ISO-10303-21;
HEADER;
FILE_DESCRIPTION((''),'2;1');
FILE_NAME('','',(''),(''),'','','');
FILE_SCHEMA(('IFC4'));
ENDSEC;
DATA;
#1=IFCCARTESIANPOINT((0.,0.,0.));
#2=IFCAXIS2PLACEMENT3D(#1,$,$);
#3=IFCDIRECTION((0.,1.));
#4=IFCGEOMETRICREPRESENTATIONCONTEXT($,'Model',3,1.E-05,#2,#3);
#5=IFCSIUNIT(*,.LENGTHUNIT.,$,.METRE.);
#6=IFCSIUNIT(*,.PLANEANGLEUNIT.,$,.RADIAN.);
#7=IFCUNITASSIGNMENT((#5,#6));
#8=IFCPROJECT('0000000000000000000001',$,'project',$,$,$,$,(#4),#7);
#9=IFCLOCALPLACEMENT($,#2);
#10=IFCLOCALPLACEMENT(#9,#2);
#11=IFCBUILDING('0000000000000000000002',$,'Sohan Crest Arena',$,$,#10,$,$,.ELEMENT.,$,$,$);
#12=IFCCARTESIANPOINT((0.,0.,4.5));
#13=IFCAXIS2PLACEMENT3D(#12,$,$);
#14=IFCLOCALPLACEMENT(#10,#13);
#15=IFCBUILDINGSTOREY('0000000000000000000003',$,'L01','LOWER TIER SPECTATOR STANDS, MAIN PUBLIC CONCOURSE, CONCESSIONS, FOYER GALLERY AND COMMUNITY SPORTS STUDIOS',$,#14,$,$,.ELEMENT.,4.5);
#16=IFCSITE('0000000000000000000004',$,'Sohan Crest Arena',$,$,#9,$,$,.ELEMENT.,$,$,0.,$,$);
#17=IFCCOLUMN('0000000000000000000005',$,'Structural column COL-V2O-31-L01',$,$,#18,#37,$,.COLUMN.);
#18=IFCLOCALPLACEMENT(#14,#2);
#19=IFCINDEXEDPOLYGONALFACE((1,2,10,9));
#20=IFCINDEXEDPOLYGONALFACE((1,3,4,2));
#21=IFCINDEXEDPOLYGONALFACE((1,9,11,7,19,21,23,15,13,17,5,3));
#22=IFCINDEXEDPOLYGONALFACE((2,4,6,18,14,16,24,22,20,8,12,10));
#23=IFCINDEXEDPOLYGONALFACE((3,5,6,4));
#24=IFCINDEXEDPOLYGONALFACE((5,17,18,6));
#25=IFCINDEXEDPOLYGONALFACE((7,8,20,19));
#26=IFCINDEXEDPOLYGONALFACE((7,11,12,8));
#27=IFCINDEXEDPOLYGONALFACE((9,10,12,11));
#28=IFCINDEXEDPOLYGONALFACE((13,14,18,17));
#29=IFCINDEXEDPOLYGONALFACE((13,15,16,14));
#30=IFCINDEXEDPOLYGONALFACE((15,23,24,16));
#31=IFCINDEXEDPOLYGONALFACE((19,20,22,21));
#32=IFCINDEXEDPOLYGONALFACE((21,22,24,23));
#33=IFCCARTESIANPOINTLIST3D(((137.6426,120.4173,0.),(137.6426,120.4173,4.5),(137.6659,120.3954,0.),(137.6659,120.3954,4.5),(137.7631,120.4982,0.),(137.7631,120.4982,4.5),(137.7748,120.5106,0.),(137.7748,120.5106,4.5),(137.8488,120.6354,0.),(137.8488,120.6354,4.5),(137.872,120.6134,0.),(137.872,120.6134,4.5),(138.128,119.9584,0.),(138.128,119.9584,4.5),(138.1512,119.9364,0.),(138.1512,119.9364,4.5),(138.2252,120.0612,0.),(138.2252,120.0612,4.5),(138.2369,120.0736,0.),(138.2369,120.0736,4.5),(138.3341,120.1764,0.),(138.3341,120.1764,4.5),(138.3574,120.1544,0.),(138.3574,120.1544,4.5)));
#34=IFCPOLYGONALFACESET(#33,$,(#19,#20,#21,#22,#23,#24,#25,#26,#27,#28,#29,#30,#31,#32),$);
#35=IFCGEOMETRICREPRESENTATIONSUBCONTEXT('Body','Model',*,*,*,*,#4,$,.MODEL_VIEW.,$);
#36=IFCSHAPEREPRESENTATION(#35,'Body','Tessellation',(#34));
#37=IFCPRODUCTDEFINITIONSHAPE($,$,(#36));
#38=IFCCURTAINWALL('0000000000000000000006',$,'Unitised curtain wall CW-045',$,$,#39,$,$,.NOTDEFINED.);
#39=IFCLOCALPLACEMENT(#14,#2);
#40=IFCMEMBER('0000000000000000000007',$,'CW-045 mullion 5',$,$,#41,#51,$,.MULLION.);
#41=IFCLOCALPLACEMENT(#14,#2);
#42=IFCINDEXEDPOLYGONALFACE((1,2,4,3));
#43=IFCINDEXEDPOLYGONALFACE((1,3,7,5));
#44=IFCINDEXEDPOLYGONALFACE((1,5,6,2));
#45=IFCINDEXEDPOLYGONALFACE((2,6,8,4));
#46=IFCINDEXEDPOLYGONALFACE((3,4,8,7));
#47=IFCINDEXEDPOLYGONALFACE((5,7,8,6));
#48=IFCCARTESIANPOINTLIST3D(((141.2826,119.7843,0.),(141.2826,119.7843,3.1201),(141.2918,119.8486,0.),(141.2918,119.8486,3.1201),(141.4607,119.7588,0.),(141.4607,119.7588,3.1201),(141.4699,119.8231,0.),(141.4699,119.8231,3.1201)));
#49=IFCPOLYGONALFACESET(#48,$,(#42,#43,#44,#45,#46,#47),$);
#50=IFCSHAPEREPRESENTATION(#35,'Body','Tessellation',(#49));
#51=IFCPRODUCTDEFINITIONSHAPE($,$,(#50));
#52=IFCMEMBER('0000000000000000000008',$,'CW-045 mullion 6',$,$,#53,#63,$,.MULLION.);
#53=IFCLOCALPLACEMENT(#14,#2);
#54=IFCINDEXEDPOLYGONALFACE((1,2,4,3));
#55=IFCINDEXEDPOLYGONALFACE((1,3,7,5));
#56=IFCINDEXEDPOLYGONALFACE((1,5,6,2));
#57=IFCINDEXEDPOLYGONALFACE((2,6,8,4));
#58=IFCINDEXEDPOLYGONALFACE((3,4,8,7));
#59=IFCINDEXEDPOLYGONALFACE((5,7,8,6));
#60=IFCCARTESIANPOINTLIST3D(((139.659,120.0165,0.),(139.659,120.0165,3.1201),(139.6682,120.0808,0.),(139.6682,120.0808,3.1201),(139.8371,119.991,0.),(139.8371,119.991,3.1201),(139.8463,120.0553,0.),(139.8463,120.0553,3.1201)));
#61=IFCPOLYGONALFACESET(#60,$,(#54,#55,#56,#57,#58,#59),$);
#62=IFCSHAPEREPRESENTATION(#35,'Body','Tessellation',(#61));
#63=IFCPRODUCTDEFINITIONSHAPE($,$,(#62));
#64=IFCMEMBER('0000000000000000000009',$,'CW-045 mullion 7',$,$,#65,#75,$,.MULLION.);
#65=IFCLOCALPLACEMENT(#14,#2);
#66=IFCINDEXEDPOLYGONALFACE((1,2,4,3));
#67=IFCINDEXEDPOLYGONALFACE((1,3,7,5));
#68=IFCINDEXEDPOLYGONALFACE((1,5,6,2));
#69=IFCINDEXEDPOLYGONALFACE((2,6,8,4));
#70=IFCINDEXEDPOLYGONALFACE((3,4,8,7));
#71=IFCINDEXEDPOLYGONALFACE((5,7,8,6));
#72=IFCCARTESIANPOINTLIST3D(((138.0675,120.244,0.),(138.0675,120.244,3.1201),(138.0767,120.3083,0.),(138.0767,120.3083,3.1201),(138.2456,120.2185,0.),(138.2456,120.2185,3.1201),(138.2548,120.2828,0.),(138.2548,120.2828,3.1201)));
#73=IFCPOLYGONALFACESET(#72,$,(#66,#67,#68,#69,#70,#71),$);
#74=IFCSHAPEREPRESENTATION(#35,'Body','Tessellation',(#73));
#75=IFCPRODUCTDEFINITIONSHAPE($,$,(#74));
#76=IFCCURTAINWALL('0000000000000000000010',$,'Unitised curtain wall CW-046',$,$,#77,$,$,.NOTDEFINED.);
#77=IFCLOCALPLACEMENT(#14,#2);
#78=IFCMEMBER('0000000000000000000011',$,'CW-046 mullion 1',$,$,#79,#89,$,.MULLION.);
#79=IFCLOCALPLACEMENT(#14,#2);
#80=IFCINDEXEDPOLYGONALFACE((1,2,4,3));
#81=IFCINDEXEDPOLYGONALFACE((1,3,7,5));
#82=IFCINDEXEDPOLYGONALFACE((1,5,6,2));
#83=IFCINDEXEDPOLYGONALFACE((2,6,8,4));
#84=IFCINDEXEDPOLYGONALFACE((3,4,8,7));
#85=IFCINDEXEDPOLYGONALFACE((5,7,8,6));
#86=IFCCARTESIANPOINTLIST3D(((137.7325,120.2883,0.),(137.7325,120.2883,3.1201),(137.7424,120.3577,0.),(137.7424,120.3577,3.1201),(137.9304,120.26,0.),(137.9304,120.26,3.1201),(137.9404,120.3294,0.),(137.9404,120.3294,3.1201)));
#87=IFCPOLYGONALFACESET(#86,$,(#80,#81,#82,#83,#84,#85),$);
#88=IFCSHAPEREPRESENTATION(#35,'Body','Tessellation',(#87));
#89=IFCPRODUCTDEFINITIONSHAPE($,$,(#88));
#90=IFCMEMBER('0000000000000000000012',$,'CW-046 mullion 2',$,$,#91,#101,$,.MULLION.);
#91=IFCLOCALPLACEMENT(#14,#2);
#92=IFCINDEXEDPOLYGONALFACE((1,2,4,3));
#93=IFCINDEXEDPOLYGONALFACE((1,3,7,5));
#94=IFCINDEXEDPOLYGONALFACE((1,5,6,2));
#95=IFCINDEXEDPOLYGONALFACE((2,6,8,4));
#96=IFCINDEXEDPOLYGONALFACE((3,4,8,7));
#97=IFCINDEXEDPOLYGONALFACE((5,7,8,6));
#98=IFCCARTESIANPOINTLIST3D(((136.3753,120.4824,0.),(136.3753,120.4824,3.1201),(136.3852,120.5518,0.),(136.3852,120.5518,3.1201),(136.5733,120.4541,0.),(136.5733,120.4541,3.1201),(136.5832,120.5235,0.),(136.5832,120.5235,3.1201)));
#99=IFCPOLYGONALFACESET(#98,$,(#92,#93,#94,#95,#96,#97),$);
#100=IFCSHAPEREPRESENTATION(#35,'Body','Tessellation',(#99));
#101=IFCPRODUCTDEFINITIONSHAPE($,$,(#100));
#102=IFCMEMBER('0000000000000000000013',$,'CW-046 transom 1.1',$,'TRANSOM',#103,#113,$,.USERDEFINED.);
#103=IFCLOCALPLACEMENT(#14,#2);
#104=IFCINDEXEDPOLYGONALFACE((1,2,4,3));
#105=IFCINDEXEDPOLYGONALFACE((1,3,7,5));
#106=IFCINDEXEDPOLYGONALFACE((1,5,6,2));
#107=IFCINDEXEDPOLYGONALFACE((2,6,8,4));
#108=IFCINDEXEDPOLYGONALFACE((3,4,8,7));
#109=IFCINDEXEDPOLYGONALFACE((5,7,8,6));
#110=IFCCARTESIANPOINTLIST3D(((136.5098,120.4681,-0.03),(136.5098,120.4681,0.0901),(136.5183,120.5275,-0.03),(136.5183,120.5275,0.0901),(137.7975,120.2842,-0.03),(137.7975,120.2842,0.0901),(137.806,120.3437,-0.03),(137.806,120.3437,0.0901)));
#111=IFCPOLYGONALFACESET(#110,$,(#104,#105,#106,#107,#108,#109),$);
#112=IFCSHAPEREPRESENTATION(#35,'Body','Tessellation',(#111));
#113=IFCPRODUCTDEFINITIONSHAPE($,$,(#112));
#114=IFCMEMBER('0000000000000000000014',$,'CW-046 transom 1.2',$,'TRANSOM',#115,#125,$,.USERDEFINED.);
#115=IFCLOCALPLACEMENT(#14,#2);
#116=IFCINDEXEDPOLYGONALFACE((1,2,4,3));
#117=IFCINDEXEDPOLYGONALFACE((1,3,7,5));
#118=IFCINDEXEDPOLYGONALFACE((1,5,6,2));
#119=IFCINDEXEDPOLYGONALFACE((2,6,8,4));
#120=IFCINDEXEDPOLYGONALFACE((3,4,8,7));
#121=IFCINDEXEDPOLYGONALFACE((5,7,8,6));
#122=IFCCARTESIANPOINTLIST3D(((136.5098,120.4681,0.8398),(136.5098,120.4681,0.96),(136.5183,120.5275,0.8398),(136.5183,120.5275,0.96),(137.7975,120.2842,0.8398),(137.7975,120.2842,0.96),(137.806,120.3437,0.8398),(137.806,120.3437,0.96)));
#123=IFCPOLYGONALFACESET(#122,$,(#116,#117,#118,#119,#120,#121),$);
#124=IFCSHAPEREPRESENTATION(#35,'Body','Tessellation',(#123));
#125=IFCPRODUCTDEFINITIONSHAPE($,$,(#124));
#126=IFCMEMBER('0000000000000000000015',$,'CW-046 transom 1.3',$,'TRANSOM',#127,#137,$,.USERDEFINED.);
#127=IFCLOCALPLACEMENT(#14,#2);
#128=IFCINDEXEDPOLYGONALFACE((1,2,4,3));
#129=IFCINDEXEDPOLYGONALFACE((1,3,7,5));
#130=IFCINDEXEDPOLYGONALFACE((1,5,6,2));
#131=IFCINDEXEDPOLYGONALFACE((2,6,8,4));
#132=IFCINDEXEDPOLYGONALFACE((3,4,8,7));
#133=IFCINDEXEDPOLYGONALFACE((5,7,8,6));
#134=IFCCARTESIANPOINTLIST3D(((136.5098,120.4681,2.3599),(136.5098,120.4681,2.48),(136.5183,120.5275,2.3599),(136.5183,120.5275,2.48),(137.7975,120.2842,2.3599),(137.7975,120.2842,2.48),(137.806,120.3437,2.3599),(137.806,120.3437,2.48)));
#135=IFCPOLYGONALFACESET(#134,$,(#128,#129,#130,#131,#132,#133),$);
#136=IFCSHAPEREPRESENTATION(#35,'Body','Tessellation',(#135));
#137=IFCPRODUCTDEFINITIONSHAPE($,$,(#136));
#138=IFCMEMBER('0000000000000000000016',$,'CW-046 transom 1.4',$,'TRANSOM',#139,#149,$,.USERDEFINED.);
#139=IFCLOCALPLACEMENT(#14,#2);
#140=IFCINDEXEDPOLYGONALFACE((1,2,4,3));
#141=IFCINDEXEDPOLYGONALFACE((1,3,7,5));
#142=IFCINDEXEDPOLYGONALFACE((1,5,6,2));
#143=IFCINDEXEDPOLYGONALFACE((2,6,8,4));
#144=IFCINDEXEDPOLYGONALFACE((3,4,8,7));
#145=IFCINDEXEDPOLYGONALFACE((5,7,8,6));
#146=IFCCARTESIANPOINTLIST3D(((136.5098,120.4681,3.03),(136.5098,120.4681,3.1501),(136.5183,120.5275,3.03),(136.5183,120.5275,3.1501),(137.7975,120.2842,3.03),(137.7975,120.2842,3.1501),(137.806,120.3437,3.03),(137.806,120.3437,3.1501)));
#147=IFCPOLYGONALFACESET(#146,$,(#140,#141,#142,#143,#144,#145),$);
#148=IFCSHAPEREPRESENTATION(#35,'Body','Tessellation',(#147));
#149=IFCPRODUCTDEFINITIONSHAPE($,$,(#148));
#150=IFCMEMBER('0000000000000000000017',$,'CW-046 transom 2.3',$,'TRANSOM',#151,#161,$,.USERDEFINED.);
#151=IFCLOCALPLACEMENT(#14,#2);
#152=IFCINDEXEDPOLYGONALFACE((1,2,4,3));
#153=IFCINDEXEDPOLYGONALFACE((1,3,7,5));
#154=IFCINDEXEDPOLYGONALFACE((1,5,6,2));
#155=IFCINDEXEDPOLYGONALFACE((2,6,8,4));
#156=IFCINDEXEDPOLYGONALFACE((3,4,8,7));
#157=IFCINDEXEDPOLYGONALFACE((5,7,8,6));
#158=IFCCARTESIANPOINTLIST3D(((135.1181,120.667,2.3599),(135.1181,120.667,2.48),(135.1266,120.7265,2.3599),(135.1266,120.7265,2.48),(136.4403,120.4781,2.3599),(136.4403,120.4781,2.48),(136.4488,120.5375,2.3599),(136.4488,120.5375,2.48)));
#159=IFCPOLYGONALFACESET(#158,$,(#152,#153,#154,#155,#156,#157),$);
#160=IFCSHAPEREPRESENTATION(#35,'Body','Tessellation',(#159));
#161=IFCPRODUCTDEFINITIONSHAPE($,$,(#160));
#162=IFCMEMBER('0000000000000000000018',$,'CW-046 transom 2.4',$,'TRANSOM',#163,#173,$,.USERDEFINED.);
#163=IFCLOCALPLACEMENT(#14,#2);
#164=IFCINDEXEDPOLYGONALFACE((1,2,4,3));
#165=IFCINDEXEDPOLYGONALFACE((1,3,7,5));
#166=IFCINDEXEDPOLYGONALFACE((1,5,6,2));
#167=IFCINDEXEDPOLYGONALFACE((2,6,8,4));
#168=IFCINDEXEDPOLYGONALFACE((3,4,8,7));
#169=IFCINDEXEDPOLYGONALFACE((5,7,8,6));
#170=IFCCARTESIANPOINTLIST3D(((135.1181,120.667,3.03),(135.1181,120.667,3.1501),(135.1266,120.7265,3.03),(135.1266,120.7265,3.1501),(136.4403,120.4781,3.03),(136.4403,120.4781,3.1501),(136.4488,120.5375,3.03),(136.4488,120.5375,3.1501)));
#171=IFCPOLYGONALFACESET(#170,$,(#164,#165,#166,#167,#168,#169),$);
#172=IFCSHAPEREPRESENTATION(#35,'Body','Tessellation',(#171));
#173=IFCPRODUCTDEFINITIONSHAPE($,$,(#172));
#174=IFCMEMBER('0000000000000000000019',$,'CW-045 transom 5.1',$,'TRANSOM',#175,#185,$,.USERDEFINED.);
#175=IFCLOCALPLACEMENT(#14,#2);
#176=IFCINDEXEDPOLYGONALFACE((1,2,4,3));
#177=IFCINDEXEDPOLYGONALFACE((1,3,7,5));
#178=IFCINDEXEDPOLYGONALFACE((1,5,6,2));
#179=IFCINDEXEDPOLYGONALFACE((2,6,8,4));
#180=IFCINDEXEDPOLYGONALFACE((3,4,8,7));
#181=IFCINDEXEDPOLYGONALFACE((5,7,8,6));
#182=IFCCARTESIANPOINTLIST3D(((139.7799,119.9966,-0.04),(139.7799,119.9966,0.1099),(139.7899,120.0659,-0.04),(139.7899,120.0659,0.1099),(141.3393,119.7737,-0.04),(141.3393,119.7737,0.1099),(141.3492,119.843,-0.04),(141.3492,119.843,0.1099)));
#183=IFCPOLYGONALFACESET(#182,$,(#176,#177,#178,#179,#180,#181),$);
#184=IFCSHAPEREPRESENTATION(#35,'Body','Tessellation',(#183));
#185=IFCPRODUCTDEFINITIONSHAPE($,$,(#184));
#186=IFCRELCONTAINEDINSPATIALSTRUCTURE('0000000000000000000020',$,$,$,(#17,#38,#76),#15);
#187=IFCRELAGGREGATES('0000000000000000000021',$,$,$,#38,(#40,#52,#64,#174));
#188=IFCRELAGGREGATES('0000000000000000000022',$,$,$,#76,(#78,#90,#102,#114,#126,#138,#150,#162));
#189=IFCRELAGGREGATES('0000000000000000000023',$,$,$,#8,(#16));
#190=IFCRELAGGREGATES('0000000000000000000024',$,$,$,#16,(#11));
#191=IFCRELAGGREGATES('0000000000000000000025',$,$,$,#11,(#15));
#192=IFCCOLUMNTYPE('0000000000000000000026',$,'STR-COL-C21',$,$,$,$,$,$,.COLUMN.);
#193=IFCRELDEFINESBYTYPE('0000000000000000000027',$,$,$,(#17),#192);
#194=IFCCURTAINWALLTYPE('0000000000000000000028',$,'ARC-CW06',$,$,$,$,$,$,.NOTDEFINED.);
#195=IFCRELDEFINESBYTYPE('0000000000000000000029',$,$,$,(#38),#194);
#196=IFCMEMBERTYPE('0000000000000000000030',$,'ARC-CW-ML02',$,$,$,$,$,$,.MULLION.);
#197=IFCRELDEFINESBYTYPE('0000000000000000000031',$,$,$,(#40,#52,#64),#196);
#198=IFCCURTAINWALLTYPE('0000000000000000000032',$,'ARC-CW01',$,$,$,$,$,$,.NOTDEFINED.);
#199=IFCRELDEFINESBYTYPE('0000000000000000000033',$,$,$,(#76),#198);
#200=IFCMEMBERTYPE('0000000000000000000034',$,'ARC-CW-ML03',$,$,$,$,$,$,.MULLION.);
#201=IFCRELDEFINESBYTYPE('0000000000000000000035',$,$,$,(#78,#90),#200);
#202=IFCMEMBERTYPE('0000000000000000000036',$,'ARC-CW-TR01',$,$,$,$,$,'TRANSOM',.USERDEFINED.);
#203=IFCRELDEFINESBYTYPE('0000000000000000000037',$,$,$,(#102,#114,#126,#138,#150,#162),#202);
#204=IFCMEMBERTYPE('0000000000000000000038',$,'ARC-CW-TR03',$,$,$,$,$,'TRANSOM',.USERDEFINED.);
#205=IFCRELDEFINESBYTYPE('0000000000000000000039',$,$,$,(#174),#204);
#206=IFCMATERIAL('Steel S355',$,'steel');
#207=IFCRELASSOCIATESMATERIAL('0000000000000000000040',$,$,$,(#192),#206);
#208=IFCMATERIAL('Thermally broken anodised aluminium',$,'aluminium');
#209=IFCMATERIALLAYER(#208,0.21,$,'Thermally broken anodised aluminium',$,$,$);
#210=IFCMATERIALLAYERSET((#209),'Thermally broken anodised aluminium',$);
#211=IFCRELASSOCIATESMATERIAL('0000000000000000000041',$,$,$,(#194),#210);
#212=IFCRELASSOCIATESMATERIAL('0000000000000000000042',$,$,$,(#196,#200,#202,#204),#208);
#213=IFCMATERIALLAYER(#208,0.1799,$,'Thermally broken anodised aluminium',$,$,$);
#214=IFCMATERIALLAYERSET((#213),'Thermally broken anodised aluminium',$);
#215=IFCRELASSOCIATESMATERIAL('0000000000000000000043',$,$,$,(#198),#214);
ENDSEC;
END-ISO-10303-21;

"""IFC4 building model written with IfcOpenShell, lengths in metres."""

from ifc_helpers import new_model, si_unit, direction, frame, origin, origin_2d, place, context, subcontext, project, spatial, rectangle, i_section, extrude, material, layer, layer_set, material_profile, profile_set, type_object, element, aggregate, save


model = new_model("IFC4")

# Units and contexts
model_context = context("Model", 3, precision=1e-05, world=origin(), true_north=direction((0.0, 1.0)))
body_context = subcontext(model_context, "Body", "Model", "MODEL_VIEW")
ifc_project = project(units=[si_unit("LENGTHUNIT", "METRE"), si_unit("PLANEANGLEUNIT", "RADIAN")], contexts=[model_context])

# Site, building, storey
site_placement = place(None, origin())
site = spatial("IfcSite", under=ifc_project, at=site_placement, Name="Sohan Crest Arena", CompositionType="ELEMENT", RefElevation=0.0)
building_placement = place(site_placement, origin())
building = spatial("IfcBuilding", under=site, at=building_placement, Name="Sohan Crest Arena", CompositionType="ELEMENT")
storey_placement = place(building_placement, frame((0.0, 0.0, 4.5)))
storey = spatial("IfcBuildingStorey", under=building, at=storey_placement, Name="L01", Description="LOWER TIER SPECTATOR STANDS, MAIN PUBLIC CONCOURSE, CONCESSIONS, FOYER GALLERY AND COMMUNITY SPORTS STUDIOS", CompositionType="ELEMENT", Elevation=4.5)

# Column
ifc_material_1 = material(Name="Steel S355", Category="steel")
ifc_material_profile_1 = material_profile(ifc_material_1, i_section(OverallWidth=0.3, OverallDepth=0.7, WebThickness=0.0171, FlangeThickness=0.032, at=origin_2d()), Name="HEB 700")
ifc_profile_set_1 = profile_set([ifc_material_profile_1], Name="Steel S355")
column_type = type_object("IfcColumnType", Name="STR-COL-C21", PredefinedType="COLUMN", material=ifc_profile_set_1)
column_placement = place(storey_placement, frame((138.0, 120.2859, 0.0), z_axis=(0.0, 0.0, 1.0), x_axis=(0.687088, 0.726575, 0.0)))
element("IfcColumn", 1, at=column_placement, inside=storey, type_object=column_type, Name="Structural column COL-V2O-31-L01", PredefinedType="COLUMN", context=body_context, shape_type="SweptSolid", body=[
    extrude(i_section(OverallWidth=0.3, OverallDepth=0.7, WebThickness=0.0171, FlangeThickness=0.032, at=origin_2d()), origin(), (0.0, 0.0, 1.0), 4.5),
])

# Curtain walls, members
ifc_material_2 = material(Name="Thermally broken anodised aluminium", Category="aluminium")
ifc_layer_1 = layer(ifc_material_2, 0.21, Name="Thermally broken anodised aluminium")
ifc_layer_set_1 = layer_set([ifc_layer_1], Name="Thermally broken anodised aluminium")
curtain_wall_type_1 = type_object("IfcCurtainWallType", Name="ARC-CW06", PredefinedType="NOTDEFINED", material=ifc_layer_set_1)
curtain_wall_1_placement = place(storey_placement, origin())
curtain_wall_1 = element("IfcCurtainWall", 2, at=curtain_wall_1_placement, inside=storey, type_object=curtain_wall_type_1, Name="Unitised curtain wall CW-045", PredefinedType="NOTDEFINED")
ifc_material_profile_2 = material_profile(ifc_material_2, rectangle(XDim=0.0649, YDim=0.1799, at=origin_2d()), Name="ALU-MULL 65x180")
ifc_profile_set_2 = profile_set([ifc_material_profile_2], Name="Thermally broken anodised aluminium")
member_type_1 = type_object("IfcMemberType", Name="ARC-CW-ML02", PredefinedType="MULLION", material=ifc_profile_set_2)
member_1_placement = place(storey_placement, frame((141.3762, 119.8037, 0.0), z_axis=(0.0, 0.0, 1.0), x_axis=(-0.141549, -0.989931, 0.0)))
member_1 = element("IfcMember", 3, at=member_1_placement, type_object=member_type_1, Name="CW-045 mullion 5", PredefinedType="MULLION", context=body_context, shape_type="SweptSolid", body=[
    extrude(rectangle(XDim=0.0649, YDim=0.1799, at=origin_2d()), origin(), (0.0, 0.0, 1.0), 3.1201),
])
member_2_placement = place(storey_placement, frame((139.7527, 120.0359, 0.0), z_axis=(0.0, 0.0, 1.0), x_axis=(-0.141549, -0.989931, 0.0)))
member_2 = element("IfcMember", 4, at=member_2_placement, type_object=member_type_1, Name="CW-045 mullion 6", PredefinedType="MULLION", context=body_context, shape_type="SweptSolid", body=[
    extrude(rectangle(XDim=0.0649, YDim=0.1799, at=origin_2d()), origin(), (0.0, 0.0, 1.0), 3.1201),
])
member_3_placement = place(storey_placement, frame((138.1611, 120.2634, 0.0), z_axis=(0.0, 0.0, 1.0), x_axis=(-0.141549, -0.989931, 0.0)))
member_3 = element("IfcMember", 5, at=member_3_placement, type_object=member_type_1, Name="CW-045 mullion 7", PredefinedType="MULLION", context=body_context, shape_type="SweptSolid", body=[
    extrude(rectangle(XDim=0.0649, YDim=0.1799, at=origin_2d()), origin(), (0.0, 0.0, 1.0), 3.1201),
])
ifc_layer_2 = layer(ifc_material_2, 0.1799, Name="Thermally broken anodised aluminium")
ifc_layer_set_2 = layer_set([ifc_layer_2], Name="Thermally broken anodised aluminium")
curtain_wall_type_2 = type_object("IfcCurtainWallType", Name="ARC-CW01", PredefinedType="NOTDEFINED", material=ifc_layer_set_2)
curtain_wall_2_placement = place(storey_placement, origin())
curtain_wall_2 = element("IfcCurtainWall", 6, at=curtain_wall_2_placement, inside=storey, type_object=curtain_wall_type_2, Name="Unitised curtain wall CW-046", PredefinedType="NOTDEFINED")
ifc_material_profile_3 = material_profile(ifc_material_2, rectangle(XDim=0.0701, YDim=0.2, at=origin_2d()), Name="ALU-MULL 70x200")
ifc_profile_set_3 = profile_set([ifc_material_profile_3], Name="Thermally broken anodised aluminium")
member_type_2 = type_object("IfcMemberType", Name="ARC-CW-ML03", PredefinedType="MULLION", material=ifc_profile_set_3)
member_4_placement = place(storey_placement, frame((137.8364, 120.3088, 0.0), z_axis=(0.0, 0.0, 1.0), x_axis=(-0.14145, -0.989945, 0.0)))
member_4 = element("IfcMember", 7, at=member_4_placement, type_object=member_type_2, Name="CW-046 mullion 1", PredefinedType="MULLION", context=body_context, shape_type="SweptSolid", body=[
    extrude(rectangle(XDim=0.0701, YDim=0.2, at=origin_2d()), origin(), (0.0, 0.0, 1.0), 3.1201),
])
member_5_placement = place(storey_placement, frame((136.4792, 120.5029, 0.0), z_axis=(0.0, 0.0, 1.0), x_axis=(-0.14145, -0.989945, 0.0)))
member_5 = element("IfcMember", 8, at=member_5_placement, type_object=member_type_2, Name="CW-046 mullion 2", PredefinedType="MULLION", context=body_context, shape_type="SweptSolid", body=[
    extrude(rectangle(XDim=0.0701, YDim=0.2, at=origin_2d()), origin(), (0.0, 0.0, 1.0), 3.1201),
])
ifc_material_profile_4 = material_profile(ifc_material_2, rectangle(XDim=0.0601, YDim=0.1201, at=origin_2d()), Name="ALU-TRAN 60x120")
ifc_profile_set_4 = profile_set([ifc_material_profile_4], Name="Thermally broken anodised aluminium")
member_type_3 = type_object("IfcMemberType", Name="ARC-CW-TR01", ElementType="TRANSOM", PredefinedType="USERDEFINED", material=ifc_profile_set_4)
member_6_placement = place(storey_placement, frame((137.8018, 120.314, 0.03), z_axis=(-0.989965, 0.141316, 0.0), x_axis=(-0.141316, -0.989965, 0.0)))
member_6 = element("IfcMember", 9, at=member_6_placement, type_object=member_type_3, Name="CW-046 transom 1.1", ObjectType="TRANSOM", PredefinedType="USERDEFINED", context=body_context, shape_type="SweptSolid", body=[
    extrude(rectangle(XDim=0.0601, YDim=0.1201, at=origin_2d()), origin(), (0.0, 0.0, 1.0), 1.3008),
])
member_7_placement = place(storey_placement, frame((137.8018, 120.314, 0.8999), z_axis=(-0.989965, 0.141316, 0.0), x_axis=(-0.141316, -0.989965, 0.0)))
member_7 = element("IfcMember", 10, at=member_7_placement, type_object=member_type_3, Name="CW-046 transom 1.2", ObjectType="TRANSOM", PredefinedType="USERDEFINED", context=body_context, shape_type="SweptSolid", body=[
    extrude(rectangle(XDim=0.0601, YDim=0.1201, at=origin_2d()), origin(), (0.0, 0.0, 1.0), 1.3008),
])
member_8_placement = place(storey_placement, frame((137.8018, 120.314, 2.4199), z_axis=(-0.989965, 0.141316, 0.0), x_axis=(-0.141316, -0.989965, 0.0)))
member_8 = element("IfcMember", 11, at=member_8_placement, type_object=member_type_3, Name="CW-046 transom 1.3", ObjectType="TRANSOM", PredefinedType="USERDEFINED", context=body_context, shape_type="SweptSolid", body=[
    extrude(rectangle(XDim=0.0601, YDim=0.1201, at=origin_2d()), origin(), (0.0, 0.0, 1.0), 1.3008),
])
member_9_placement = place(storey_placement, frame((137.8018, 120.314, 3.0901), z_axis=(-0.989965, 0.141316, 0.0), x_axis=(-0.141316, -0.989965, 0.0)))
member_9 = element("IfcMember", 12, at=member_9_placement, type_object=member_type_3, Name="CW-046 transom 1.4", ObjectType="TRANSOM", PredefinedType="USERDEFINED", context=body_context, shape_type="SweptSolid", body=[
    extrude(rectangle(XDim=0.0601, YDim=0.1201, at=origin_2d()), origin(), (0.0, 0.0, 1.0), 1.3008),
])
member_10_placement = place(storey_placement, frame((136.4446, 120.5078, 2.4199), z_axis=(-0.989942, 0.141473, 0.0), x_axis=(-0.141473, -0.989942, 0.0)))
member_10 = element("IfcMember", 13, at=member_10_placement, type_object=member_type_3, Name="CW-046 transom 2.3", ObjectType="TRANSOM", PredefinedType="USERDEFINED", context=body_context, shape_type="SweptSolid", body=[
    extrude(rectangle(XDim=0.0601, YDim=0.1201, at=origin_2d()), origin(), (0.0, 0.0, 1.0), 1.3357),
])
member_11_placement = place(storey_placement, frame((136.4446, 120.5078, 3.0901), z_axis=(-0.989942, 0.141473, 0.0), x_axis=(-0.141473, -0.989942, 0.0)))
member_11 = element("IfcMember", 14, at=member_11_placement, type_object=member_type_3, Name="CW-046 transom 2.4", ObjectType="TRANSOM", PredefinedType="USERDEFINED", context=body_context, shape_type="SweptSolid", body=[
    extrude(rectangle(XDim=0.0601, YDim=0.1201, at=origin_2d()), origin(), (0.0, 0.0, 1.0), 1.3357),
])

# Member
ifc_material_profile_5 = material_profile(ifc_material_2, rectangle(XDim=0.0701, YDim=0.1499, at=origin_2d()), Name="ALU-TRAN 70x150")
ifc_profile_set_5 = profile_set([ifc_material_profile_5], Name="Thermally broken anodised aluminium")
member_type_4 = type_object("IfcMemberType", Name="ARC-CW-TR03", ElementType="TRANSOM", PredefinedType="USERDEFINED", material=ifc_profile_set_5)
member_12_placement = place(storey_placement, frame((141.3442, 119.8083, 0.0349), z_axis=(-0.989937, 0.141508, 0.0), x_axis=(-0.141508, -0.989937, 0.0)))
member_12 = element("IfcMember", 15, at=member_12_placement, type_object=member_type_4, Name="CW-045 transom 5.1", ObjectType="TRANSOM", PredefinedType="USERDEFINED", context=body_context, shape_type="SweptSolid", body=[
    extrude(rectangle(XDim=0.0701, YDim=0.1499, at=origin_2d()), origin(), (0.0, 0.0, 1.0), 1.5752),
])

aggregate(curtain_wall_1, [member_1, member_2, member_3, member_12])
aggregate(curtain_wall_2, [member_4, member_5, member_6, member_7, member_8, member_9, member_10, member_11])

save(model, "model.ifc")
